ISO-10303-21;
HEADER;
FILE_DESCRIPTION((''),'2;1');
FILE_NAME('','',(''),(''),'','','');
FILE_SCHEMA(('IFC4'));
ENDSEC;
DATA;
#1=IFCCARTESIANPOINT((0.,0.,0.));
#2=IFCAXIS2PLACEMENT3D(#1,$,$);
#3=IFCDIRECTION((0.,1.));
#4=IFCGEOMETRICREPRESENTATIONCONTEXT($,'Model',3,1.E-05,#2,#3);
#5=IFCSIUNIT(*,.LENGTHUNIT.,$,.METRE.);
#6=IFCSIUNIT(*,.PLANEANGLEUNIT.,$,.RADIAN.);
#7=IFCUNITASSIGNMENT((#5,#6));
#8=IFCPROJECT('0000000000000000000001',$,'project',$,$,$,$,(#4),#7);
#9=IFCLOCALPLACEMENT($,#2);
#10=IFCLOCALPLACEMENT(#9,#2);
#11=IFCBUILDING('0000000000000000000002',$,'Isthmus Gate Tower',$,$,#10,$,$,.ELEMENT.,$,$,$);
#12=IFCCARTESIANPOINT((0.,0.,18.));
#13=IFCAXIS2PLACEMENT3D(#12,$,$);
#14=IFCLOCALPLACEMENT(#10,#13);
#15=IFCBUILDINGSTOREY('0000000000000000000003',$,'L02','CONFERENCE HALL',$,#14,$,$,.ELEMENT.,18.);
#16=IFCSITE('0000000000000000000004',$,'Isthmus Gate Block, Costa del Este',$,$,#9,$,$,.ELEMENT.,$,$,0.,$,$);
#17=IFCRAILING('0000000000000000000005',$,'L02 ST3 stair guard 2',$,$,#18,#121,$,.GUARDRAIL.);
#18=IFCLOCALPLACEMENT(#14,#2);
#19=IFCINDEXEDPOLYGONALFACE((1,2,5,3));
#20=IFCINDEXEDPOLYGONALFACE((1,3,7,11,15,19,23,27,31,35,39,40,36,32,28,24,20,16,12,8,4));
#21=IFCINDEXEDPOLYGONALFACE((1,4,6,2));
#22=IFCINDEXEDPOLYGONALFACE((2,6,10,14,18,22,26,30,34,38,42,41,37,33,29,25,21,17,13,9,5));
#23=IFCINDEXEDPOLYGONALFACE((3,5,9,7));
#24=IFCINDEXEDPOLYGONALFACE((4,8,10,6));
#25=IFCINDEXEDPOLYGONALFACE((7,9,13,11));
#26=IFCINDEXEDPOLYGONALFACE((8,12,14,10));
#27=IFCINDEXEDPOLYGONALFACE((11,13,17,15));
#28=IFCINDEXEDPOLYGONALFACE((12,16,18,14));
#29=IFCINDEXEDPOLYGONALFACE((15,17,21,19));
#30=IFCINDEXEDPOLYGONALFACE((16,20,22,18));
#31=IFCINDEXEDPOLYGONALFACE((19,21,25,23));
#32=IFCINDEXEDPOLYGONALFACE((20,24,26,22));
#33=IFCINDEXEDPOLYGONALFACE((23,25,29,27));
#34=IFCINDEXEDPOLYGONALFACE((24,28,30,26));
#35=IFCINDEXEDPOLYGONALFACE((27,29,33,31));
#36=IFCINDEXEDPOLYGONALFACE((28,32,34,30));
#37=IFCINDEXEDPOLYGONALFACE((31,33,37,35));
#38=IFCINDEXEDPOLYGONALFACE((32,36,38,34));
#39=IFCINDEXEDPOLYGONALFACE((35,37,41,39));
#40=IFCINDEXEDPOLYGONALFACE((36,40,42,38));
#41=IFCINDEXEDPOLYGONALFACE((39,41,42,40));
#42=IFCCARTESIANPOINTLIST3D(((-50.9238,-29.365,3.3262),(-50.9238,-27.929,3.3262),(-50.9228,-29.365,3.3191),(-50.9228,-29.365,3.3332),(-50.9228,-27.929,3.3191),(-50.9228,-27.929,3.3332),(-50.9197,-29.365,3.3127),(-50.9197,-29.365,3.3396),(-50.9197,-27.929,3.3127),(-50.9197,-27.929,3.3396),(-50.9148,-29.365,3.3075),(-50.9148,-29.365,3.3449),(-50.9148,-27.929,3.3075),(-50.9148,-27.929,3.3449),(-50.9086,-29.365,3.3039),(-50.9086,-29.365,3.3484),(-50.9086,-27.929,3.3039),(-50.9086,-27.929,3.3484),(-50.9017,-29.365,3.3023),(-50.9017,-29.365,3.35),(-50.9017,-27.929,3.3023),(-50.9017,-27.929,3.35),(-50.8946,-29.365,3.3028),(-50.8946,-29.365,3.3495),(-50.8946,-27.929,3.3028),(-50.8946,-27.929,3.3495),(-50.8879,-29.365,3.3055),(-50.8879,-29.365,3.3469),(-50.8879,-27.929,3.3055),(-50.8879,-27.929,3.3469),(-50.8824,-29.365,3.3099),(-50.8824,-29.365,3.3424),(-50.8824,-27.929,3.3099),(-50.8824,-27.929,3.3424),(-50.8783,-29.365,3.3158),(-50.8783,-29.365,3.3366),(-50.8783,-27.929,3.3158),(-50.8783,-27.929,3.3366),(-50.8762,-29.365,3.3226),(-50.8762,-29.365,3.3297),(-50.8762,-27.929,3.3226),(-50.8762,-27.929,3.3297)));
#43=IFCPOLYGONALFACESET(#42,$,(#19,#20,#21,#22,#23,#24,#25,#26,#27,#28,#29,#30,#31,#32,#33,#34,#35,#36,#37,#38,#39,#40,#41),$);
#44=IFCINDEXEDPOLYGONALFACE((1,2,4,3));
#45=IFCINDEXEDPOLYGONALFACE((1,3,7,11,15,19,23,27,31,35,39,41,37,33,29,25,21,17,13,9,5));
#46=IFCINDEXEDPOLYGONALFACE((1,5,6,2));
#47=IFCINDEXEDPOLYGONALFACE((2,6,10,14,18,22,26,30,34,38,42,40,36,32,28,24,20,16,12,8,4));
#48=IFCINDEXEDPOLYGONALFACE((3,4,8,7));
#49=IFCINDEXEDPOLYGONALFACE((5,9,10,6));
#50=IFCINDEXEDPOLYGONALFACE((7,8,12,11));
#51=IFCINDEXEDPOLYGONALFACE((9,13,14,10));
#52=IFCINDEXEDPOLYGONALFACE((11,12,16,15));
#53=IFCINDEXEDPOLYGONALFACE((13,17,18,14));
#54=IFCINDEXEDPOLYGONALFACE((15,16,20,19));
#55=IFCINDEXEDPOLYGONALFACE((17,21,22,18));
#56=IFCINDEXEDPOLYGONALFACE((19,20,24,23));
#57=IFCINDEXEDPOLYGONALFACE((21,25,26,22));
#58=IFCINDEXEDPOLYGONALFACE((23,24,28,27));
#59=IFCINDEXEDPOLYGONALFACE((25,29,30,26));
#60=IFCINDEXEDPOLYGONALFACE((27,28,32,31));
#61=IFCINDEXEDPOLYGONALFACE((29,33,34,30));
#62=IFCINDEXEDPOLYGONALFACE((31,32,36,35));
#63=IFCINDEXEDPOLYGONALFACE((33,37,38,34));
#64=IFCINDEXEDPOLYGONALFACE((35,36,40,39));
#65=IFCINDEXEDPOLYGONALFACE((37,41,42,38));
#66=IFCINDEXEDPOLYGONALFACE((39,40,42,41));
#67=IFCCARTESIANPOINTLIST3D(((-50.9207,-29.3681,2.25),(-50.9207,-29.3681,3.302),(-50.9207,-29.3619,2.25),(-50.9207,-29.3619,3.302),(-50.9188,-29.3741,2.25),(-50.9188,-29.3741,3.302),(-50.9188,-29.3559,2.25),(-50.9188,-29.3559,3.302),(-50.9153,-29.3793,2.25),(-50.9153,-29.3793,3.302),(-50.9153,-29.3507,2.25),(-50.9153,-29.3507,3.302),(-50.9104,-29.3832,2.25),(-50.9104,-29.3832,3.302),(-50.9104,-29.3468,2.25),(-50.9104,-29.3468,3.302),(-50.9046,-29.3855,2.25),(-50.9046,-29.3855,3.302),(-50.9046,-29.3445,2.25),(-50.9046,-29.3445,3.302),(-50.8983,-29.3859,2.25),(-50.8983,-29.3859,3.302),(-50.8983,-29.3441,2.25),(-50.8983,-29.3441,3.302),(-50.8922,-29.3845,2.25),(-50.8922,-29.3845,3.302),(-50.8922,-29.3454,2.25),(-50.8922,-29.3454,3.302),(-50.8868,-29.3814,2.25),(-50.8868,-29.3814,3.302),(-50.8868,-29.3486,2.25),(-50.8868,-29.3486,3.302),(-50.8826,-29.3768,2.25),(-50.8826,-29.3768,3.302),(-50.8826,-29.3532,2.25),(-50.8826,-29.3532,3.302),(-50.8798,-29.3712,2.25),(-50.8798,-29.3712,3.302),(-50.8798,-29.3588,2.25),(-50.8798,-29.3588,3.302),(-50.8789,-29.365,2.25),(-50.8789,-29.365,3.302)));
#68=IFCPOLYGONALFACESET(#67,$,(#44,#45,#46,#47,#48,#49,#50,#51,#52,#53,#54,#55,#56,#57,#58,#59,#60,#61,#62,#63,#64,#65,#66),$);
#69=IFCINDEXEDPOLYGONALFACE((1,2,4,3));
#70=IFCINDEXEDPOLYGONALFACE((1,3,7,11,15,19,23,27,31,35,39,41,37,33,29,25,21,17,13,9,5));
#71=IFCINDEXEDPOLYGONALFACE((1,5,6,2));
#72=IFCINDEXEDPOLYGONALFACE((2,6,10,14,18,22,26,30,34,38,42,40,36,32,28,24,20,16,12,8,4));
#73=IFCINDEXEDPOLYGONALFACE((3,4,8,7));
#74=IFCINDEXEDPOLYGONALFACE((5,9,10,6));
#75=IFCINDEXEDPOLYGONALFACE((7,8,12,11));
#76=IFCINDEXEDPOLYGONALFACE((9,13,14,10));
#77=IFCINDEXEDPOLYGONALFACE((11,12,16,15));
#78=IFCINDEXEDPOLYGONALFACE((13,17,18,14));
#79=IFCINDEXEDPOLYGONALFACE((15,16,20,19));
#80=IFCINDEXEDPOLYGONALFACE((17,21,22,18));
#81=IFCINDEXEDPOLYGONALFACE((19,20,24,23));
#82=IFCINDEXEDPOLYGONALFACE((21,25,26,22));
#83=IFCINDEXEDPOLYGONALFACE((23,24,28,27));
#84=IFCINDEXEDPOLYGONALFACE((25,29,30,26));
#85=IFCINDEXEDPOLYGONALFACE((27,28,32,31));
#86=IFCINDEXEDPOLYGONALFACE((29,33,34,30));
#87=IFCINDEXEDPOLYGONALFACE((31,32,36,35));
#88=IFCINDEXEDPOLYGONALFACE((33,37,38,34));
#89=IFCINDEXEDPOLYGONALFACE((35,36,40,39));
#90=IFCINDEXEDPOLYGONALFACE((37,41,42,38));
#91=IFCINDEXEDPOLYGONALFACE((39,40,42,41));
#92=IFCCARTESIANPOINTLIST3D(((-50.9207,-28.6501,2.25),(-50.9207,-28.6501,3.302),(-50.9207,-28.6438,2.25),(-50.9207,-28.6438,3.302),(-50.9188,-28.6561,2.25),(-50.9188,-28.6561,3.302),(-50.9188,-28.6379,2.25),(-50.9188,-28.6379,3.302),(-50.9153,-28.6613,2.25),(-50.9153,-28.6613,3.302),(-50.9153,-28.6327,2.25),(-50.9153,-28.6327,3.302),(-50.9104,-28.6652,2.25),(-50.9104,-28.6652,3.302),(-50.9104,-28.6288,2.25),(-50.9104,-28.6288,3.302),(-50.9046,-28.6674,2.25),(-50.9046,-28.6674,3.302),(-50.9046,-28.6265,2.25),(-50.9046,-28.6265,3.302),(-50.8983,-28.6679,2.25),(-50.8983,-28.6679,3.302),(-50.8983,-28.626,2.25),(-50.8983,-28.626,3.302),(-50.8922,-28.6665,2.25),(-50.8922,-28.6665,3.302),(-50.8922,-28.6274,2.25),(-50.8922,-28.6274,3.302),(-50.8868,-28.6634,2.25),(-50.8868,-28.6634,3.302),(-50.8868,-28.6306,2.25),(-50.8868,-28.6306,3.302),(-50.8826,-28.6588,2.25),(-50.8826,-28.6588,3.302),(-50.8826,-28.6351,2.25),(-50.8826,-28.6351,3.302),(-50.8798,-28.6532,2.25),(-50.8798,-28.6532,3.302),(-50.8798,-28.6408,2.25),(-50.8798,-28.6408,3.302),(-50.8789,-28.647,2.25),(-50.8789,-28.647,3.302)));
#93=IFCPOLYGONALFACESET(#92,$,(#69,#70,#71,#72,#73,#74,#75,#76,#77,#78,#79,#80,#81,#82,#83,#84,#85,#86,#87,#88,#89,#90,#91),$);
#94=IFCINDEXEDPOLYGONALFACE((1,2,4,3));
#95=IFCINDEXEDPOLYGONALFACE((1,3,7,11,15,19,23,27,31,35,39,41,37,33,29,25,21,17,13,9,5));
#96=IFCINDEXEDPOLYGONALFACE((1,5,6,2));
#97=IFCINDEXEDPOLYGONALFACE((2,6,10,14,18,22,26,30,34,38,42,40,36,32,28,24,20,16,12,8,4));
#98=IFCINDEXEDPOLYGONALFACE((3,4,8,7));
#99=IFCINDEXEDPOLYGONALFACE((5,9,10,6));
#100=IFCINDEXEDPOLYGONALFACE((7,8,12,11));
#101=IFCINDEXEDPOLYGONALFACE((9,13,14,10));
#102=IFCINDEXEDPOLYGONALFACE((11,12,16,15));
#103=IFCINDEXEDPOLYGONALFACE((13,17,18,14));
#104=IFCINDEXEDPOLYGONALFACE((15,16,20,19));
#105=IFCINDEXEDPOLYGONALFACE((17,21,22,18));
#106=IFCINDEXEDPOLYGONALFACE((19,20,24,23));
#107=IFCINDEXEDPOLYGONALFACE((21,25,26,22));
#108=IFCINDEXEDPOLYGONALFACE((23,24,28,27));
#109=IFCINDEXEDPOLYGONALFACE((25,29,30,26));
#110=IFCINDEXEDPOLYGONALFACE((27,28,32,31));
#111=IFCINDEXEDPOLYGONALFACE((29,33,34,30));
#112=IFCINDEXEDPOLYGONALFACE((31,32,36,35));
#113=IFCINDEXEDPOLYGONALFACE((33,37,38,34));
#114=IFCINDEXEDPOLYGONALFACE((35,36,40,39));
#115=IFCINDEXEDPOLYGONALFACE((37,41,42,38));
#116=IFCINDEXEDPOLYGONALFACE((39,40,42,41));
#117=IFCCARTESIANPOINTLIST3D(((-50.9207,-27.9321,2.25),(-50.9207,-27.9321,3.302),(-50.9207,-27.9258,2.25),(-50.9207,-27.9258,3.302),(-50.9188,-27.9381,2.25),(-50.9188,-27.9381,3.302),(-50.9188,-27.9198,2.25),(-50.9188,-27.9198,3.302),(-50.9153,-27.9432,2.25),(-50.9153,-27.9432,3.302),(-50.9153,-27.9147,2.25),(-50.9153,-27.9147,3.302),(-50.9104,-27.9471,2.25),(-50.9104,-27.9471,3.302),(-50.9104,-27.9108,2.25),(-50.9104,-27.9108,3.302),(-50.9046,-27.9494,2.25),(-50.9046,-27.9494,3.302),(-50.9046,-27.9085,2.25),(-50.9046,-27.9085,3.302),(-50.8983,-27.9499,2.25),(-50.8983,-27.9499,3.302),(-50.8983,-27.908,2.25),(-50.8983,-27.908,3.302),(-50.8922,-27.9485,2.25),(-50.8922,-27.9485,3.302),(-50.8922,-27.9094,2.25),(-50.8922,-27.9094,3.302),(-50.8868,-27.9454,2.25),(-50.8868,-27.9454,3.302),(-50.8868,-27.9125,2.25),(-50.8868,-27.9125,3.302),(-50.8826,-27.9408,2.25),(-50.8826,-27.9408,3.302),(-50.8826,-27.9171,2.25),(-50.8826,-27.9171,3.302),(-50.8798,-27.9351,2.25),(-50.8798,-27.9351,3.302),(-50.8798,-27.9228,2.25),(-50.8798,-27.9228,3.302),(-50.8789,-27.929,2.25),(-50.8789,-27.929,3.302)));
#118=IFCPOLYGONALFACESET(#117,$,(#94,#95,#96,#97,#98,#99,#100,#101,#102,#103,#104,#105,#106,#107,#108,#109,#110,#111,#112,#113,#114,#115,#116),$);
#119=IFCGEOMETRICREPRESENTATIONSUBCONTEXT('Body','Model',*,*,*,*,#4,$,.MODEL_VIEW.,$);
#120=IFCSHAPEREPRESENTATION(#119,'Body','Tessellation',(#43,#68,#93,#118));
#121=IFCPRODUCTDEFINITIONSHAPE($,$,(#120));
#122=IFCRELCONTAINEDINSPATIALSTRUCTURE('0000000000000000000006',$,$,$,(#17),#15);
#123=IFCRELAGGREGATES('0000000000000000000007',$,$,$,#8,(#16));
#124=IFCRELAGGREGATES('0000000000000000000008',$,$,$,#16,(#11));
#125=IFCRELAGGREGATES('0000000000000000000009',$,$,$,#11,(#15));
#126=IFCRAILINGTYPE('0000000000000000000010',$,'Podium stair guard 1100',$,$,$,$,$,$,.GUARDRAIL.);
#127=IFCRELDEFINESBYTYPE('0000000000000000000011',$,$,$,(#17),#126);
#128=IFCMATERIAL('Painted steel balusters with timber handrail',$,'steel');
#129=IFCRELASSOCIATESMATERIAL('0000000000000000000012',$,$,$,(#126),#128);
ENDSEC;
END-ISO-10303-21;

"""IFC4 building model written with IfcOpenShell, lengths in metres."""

from ifc_helpers import new_model, si_unit, direction, frame, origin, origin_2d, place, context, subcontext, project, spatial, circle, extrude, material, type_object, element, save


model = new_model("IFC4")

# Units and contexts
model_context = context("Model", 3, precision=1e-05, world=origin(), true_north=direction((0.0, 1.0)))
body_context = subcontext(model_context, "Body", "Model", "MODEL_VIEW")
ifc_project = project(units=[si_unit("LENGTHUNIT", "METRE"), si_unit("PLANEANGLEUNIT", "RADIAN")], contexts=[model_context])

# Site, building, storey
site_placement = place(None, origin())
site = spatial("IfcSite", under=ifc_project, at=site_placement, Name="Isthmus Gate Block, Costa del Este", CompositionType="ELEMENT", RefElevation=0.0)
building_placement = place(site_placement, origin())
building = spatial("IfcBuilding", under=site, at=building_placement, Name="Isthmus Gate Tower", CompositionType="ELEMENT")
storey_placement = place(building_placement, frame((0.0, 0.0, 18.0)))
storey = spatial("IfcBuildingStorey", under=building, at=storey_placement, Name="L02", Description="CONFERENCE HALL", CompositionType="ELEMENT", Elevation=18.0)

# Railing
ifc_material_1 = material(Name="Painted steel balusters with timber handrail", Category="steel")
railing_type_1 = type_object("IfcRailingType", Name="Podium stair guard 1100", PredefinedType="GUARDRAIL", material=ifc_material_1)
railing_1_placement = place(storey_placement, frame((-50.8999, -29.365, 2.25)))
element("IfcRailing", 1, at=railing_1_placement, inside=storey, type_object=railing_type_1, Name="L02 ST3 stair guard 2", PredefinedType="GUARDRAIL", context=body_context, shape_type="SweptSolid", body=[
    extrude(circle(Radius=0.0239, at=origin_2d()), frame((0.0, 0.0, 1.0762), z_axis=(0.0, 1.0, 0.0), x_axis=(-1.0, 0.0, 0.0)), (0.0, 0.0, 1.0), 1.436),
    extrude(circle(Radius=0.021, at=origin_2d()), origin(), (0.0, 0.0, 1.0), 1.052),
    extrude(circle(Radius=0.021, at=origin_2d()), frame((0.0, 0.718, 0.0)), (0.0, 0.0, 1.0), 1.052),
    extrude(circle(Radius=0.021, at=origin_2d()), frame((0.0, 1.436, 0.0)), (0.0, 0.0, 1.0), 1.052),
])

save(model, "model.ifc")
